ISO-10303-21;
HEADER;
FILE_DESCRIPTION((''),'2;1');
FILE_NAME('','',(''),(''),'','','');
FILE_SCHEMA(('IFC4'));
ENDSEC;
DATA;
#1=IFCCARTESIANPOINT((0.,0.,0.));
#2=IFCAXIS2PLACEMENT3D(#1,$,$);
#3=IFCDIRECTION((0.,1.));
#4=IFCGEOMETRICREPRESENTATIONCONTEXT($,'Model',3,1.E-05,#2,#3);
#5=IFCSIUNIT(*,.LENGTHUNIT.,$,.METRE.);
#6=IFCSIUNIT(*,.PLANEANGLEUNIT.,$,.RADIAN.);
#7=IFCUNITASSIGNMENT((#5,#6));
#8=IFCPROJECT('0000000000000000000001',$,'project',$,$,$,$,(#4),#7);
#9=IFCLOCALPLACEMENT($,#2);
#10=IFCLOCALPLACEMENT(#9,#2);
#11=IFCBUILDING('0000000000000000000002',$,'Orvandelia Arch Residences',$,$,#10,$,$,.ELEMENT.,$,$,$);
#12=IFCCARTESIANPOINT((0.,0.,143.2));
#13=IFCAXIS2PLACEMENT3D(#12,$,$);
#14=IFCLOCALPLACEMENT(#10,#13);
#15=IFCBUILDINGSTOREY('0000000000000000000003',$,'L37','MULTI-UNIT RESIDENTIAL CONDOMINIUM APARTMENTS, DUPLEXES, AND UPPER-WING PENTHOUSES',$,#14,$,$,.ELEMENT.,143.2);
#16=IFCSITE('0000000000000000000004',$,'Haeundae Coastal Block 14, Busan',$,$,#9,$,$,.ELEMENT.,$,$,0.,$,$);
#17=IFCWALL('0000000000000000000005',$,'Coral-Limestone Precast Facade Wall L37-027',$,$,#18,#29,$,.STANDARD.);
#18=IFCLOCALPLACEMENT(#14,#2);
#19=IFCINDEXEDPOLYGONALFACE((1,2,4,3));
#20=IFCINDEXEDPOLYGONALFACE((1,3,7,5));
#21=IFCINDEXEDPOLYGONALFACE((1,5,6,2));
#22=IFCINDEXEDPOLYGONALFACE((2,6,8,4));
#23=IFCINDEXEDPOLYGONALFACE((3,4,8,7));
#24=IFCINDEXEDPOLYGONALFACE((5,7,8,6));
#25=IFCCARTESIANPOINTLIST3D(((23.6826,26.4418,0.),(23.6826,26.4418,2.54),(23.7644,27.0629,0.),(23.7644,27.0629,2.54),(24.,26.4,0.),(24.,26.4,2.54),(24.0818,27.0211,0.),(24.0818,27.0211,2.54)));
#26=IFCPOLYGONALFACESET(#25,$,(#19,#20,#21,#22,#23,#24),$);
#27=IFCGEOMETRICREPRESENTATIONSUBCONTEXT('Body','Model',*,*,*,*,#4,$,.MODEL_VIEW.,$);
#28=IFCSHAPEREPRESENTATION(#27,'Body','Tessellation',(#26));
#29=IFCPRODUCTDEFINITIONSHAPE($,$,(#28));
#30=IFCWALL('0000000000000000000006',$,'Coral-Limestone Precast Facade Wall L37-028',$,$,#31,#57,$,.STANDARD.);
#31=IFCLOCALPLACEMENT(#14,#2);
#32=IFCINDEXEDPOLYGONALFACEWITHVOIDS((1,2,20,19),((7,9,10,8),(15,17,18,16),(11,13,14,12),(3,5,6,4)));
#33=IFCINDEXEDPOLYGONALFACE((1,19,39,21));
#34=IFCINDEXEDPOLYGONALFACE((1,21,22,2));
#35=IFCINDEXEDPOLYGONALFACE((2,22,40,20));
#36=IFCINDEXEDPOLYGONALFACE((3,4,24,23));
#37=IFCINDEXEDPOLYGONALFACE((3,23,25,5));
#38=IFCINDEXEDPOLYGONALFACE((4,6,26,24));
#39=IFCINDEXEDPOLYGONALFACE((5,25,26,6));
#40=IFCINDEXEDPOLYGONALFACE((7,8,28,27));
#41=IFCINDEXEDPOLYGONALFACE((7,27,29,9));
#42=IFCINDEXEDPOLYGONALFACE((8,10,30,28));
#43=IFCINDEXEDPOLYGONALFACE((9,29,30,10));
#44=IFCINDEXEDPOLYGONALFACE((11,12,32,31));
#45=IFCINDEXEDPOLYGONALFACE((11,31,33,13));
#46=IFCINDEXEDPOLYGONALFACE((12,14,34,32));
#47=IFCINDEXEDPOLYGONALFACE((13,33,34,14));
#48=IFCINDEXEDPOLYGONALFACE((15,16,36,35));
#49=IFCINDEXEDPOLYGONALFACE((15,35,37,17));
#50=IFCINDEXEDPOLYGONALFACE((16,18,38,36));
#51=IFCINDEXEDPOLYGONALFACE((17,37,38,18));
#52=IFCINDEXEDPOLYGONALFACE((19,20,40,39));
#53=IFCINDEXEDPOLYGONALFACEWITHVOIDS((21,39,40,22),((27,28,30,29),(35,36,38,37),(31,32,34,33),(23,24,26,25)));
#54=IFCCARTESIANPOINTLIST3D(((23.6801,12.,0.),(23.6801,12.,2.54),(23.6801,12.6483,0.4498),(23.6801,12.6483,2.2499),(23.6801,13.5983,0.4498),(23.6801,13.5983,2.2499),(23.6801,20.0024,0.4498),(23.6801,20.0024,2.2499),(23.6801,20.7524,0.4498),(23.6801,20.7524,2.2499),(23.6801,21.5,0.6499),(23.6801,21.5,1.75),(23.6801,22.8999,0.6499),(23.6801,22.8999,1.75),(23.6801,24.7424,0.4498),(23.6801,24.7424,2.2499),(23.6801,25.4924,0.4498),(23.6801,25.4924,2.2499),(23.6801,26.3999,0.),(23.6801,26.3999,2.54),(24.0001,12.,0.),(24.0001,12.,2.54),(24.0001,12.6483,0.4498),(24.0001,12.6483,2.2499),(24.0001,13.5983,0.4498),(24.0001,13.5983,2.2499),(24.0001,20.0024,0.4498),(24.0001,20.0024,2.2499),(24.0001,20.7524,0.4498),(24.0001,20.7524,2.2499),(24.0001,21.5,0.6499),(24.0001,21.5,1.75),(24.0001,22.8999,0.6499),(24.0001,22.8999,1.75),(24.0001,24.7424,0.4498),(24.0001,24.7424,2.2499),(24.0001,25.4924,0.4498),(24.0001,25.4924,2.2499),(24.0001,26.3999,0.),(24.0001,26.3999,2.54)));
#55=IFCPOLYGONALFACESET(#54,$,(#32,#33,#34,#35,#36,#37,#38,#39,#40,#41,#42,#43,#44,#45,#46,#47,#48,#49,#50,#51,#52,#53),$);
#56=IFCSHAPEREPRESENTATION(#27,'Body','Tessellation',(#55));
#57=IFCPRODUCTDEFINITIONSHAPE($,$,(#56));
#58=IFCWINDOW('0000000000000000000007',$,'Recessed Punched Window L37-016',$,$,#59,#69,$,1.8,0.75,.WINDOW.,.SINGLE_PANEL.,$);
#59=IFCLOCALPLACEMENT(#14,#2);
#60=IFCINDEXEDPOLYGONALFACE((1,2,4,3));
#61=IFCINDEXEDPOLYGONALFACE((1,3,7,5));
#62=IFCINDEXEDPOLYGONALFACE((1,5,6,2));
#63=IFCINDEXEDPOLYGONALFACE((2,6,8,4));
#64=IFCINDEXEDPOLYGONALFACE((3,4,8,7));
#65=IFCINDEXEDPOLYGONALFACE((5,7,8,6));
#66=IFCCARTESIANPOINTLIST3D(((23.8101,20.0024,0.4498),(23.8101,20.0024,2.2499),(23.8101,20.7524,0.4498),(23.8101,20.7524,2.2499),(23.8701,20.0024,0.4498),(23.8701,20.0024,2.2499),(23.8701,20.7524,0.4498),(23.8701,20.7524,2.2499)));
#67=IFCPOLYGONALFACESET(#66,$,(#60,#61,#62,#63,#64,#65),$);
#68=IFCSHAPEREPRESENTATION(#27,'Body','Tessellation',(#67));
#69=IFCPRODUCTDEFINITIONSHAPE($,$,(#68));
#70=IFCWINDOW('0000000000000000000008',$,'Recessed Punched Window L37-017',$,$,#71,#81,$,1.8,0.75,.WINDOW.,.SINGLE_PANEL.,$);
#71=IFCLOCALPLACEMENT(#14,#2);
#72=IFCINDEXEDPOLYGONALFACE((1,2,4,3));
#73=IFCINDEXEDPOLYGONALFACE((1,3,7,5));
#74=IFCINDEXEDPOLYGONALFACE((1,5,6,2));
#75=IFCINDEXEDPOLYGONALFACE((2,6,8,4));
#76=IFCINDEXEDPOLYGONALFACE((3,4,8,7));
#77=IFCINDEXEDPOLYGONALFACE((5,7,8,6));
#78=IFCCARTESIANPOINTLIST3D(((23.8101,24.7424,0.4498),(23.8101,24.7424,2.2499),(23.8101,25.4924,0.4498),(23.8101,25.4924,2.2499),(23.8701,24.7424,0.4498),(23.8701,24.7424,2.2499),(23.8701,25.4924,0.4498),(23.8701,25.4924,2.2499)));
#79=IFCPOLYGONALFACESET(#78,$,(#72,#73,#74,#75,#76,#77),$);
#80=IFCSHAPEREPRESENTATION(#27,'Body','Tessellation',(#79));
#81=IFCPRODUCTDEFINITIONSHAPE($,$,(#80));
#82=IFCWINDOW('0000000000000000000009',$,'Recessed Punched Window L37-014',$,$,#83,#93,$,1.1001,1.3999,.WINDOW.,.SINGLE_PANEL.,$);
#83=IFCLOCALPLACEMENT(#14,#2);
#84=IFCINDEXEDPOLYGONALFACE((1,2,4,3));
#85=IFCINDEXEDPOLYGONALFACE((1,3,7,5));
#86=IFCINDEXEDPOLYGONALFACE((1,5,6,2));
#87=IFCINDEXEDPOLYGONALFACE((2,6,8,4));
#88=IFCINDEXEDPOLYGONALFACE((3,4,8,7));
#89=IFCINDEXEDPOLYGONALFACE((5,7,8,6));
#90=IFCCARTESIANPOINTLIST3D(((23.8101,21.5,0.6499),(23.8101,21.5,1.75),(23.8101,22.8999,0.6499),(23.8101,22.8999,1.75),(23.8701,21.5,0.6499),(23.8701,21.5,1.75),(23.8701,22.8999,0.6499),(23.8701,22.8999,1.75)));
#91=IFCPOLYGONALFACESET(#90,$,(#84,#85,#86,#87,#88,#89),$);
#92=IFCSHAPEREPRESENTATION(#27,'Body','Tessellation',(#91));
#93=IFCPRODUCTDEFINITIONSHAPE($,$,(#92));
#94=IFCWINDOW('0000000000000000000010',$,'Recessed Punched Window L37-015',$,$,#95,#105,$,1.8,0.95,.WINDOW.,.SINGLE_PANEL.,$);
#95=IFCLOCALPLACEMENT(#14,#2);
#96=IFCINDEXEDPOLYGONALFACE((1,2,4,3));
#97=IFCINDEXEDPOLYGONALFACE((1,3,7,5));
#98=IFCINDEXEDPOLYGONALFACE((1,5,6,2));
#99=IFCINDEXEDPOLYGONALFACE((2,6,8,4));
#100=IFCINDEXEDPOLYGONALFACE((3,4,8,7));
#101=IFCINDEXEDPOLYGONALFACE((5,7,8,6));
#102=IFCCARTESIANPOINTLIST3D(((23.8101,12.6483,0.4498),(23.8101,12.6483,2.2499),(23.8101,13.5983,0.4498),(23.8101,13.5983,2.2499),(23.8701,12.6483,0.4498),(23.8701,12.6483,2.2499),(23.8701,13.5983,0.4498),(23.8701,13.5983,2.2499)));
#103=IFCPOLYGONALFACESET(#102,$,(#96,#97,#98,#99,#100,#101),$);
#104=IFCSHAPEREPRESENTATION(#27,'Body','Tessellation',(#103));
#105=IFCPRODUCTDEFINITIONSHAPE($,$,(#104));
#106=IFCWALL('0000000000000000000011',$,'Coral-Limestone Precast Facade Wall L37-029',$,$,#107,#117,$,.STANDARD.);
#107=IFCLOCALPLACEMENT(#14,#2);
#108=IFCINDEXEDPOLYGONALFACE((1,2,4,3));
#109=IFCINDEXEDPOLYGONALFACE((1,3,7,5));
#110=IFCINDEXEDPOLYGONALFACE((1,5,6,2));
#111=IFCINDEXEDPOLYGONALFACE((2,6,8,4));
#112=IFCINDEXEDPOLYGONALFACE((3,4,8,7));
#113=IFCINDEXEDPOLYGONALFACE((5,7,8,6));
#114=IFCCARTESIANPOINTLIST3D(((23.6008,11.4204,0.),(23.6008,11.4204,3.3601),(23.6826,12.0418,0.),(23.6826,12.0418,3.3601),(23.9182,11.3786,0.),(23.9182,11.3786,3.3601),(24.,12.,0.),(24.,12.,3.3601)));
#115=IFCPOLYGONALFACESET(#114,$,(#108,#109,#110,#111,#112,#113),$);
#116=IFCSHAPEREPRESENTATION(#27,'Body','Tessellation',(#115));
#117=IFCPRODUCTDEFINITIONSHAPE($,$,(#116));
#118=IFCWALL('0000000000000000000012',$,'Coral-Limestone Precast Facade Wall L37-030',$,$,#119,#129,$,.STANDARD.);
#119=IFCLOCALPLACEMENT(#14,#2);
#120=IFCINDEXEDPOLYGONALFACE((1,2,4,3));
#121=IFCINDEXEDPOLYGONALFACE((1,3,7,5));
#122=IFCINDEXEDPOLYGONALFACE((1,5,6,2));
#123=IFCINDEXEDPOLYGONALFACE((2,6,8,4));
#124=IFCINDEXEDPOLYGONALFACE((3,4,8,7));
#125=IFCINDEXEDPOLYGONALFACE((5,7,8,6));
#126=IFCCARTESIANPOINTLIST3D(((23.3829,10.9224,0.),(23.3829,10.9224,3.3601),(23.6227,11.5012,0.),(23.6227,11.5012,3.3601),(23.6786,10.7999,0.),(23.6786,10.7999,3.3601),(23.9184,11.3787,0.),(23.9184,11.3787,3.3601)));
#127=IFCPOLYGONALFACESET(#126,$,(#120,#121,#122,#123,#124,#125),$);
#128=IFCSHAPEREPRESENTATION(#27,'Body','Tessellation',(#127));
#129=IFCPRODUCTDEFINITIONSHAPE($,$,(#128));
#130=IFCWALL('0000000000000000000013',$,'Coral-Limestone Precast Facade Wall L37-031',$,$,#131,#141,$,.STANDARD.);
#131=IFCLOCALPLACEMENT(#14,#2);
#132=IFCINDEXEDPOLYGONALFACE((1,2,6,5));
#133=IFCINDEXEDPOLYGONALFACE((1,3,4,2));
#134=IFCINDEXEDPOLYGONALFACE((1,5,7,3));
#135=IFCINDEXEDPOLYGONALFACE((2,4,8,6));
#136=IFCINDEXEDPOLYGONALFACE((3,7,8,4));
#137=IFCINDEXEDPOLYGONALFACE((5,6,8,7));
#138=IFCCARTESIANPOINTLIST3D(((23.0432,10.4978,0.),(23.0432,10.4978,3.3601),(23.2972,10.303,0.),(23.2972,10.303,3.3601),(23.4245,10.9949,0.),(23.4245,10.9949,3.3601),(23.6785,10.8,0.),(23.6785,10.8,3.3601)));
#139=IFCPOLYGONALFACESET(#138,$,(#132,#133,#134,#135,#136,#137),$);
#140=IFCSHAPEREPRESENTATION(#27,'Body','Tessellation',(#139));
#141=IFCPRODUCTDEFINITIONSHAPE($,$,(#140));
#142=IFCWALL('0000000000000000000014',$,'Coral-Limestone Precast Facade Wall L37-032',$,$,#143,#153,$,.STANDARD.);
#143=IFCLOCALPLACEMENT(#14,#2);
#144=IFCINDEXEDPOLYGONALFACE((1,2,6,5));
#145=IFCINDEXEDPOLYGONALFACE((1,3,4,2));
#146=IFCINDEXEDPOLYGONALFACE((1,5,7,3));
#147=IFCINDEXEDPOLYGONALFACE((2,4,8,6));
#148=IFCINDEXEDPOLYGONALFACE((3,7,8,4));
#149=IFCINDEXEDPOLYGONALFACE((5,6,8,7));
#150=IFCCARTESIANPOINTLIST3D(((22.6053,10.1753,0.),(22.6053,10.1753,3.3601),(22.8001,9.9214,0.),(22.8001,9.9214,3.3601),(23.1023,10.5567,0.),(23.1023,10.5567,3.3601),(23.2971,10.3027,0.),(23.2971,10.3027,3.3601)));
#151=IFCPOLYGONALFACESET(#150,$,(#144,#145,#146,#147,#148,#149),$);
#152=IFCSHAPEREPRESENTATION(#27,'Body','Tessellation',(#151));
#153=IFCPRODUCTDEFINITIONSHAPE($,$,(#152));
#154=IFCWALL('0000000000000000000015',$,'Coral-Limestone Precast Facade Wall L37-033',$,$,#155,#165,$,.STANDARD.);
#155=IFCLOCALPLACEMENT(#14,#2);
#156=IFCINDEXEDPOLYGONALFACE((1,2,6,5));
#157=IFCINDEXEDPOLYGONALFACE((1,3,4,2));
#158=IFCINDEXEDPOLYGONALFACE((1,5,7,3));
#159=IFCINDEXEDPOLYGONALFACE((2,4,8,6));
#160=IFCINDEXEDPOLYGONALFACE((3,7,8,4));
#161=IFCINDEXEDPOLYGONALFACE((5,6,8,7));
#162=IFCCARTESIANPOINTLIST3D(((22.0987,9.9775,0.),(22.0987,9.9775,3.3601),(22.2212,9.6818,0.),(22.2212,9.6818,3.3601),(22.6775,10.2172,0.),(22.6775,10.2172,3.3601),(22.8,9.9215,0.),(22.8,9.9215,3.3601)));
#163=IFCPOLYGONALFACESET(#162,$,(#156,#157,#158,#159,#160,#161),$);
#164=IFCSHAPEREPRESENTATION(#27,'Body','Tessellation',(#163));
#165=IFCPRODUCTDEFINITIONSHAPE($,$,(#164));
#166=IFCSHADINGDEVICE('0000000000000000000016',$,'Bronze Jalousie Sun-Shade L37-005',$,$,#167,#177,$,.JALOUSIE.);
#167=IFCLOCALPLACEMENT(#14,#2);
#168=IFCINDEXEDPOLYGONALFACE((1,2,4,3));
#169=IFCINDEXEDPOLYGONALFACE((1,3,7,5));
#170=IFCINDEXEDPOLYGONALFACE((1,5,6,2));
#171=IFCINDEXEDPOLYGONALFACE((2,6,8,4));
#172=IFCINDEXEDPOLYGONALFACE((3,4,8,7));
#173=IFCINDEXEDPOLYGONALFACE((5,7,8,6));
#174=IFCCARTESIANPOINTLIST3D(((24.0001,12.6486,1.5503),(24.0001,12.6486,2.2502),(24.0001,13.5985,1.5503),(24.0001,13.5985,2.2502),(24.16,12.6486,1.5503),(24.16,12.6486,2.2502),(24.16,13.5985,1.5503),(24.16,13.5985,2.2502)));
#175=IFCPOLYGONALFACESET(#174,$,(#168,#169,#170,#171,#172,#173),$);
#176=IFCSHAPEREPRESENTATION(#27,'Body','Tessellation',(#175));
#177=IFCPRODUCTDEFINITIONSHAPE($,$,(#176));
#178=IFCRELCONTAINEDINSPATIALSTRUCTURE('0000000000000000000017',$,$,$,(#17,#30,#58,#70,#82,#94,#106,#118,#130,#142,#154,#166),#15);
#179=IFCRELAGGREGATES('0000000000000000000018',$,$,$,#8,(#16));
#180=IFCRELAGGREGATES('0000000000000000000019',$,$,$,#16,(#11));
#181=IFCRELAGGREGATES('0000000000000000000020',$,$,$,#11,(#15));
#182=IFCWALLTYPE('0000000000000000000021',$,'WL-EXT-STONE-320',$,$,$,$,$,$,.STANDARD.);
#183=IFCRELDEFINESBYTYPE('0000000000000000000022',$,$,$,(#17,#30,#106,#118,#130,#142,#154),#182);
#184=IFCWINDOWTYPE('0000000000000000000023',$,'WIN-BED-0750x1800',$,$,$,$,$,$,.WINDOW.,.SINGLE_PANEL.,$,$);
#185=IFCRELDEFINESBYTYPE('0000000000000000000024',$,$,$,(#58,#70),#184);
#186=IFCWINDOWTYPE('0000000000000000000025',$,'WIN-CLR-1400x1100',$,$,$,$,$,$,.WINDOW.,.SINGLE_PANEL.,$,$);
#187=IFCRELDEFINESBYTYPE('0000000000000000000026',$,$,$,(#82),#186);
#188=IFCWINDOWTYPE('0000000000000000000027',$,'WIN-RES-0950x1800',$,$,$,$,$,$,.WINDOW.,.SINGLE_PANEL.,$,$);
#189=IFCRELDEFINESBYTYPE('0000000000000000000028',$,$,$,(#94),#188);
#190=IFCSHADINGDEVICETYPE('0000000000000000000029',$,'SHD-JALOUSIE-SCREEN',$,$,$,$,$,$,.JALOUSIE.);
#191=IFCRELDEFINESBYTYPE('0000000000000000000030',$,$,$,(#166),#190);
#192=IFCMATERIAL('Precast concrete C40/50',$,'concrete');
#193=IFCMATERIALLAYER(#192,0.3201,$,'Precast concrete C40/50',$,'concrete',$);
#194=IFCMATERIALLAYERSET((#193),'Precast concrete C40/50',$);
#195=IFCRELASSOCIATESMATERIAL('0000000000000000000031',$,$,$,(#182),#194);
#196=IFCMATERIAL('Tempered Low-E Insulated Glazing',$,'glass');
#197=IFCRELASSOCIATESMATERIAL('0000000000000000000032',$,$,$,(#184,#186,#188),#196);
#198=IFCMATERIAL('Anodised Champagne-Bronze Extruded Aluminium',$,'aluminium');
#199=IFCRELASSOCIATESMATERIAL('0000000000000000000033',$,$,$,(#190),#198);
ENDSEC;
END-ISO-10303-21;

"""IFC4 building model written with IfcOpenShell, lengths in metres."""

from ifc_helpers import new_model, si_unit, direction, frame, frame_2d, origin, origin_2d, place, context, subcontext, project, spatial, rectangle, extrude, material, layer, layer_set, type_object, element, fill, save


model = new_model("IFC4")

# Units and contexts
model_context = context("Model", 3, precision=1e-05, world=origin(), true_north=direction((0.0, 1.0)))
body_context = subcontext(model_context, "Body", "Model", "MODEL_VIEW")
ifc_project = project(units=[si_unit("LENGTHUNIT", "METRE"), si_unit("PLANEANGLEUNIT", "RADIAN")], contexts=[model_context])

# Site, building, storey
site_placement = place(None, origin())
site = spatial("IfcSite", under=ifc_project, at=site_placement, Name="Haeundae Coastal Block 14, Busan", CompositionType="ELEMENT", RefElevation=0.0)
building_placement = place(site_placement, origin())
building = spatial("IfcBuilding", under=site, at=building_placement, Name="Orvandelia Arch Residences", CompositionType="ELEMENT")
storey_placement = place(building_placement, frame((0.0, 0.0, 143.2)))
storey = spatial("IfcBuildingStorey", under=building, at=storey_placement, Name="L37", Description="MULTI-UNIT RESIDENTIAL CONDOMINIUM APARTMENTS, DUPLEXES, AND UPPER-WING PENTHOUSES", CompositionType="ELEMENT", Elevation=143.2)

# Wall
ifc_material_1 = material(Name="Precast concrete C40/50", Category="concrete")
ifc_layer = layer(ifc_material_1, 0.3201, Name="Precast concrete C40/50", Category="concrete")
ifc_layer_set = layer_set([ifc_layer], Name="Precast concrete C40/50")
wall_type = type_object("IfcWallType", Name="WL-EXT-STONE-320", PredefinedType="STANDARD", material=ifc_layer_set)
wall_1_placement = place(storey_placement, frame((23.9231, 27.042, 0.0), z_axis=(0.0, 0.0, 1.0), x_axis=(-0.130555, -0.991441, 0.0)))
element("IfcWall", 1, at=wall_1_placement, inside=storey, type_object=wall_type, Name="Coral-Limestone Precast Facade Wall L37-027", PredefinedType="STANDARD", context=body_context, shape_type="SweptSolid", body=[
    extrude(rectangle(XDim=0.6265, YDim=0.3201, at=frame_2d((0.3132, 0.0))), origin(), (0.0, 0.0, 1.0), 2.54),
])

# Wall, openings, windows
wall_2_placement = place(storey_placement, frame((23.8401, 26.3999, 0.0), z_axis=(0.0, 0.0, 1.0), x_axis=(0.0, -1.0, 0.0)))
wall_2 = element("IfcWall", 2, at=wall_2_placement, inside=storey, type_object=wall_type, Name="Coral-Limestone Precast Facade Wall L37-028", PredefinedType="STANDARD", context=body_context, shape_type="SweptSolid", body=[
    extrude(rectangle(XDim=14.3999, YDim=0.3201, at=frame_2d((7.2, 0.0))), origin(), (0.0, 0.0, 1.0), 2.54),
])
opening_1_placement = place(wall_2_placement, frame((3.5, 0.0, 0.6499)))
opening_1 = element("IfcOpeningElement", 3, at=opening_1_placement, cuts=wall_2, PredefinedType="OPENING", context=body_context, shape_type="SweptSolid", body=[
    extrude(rectangle(XDim=1.3999, YDim=1.1001, at=frame_2d((0.7, 0.55))), frame((0.0, 0.1699, 0.0), z_axis=(0.0, -1.0, 0.0), x_axis=(1.0, 0.0, 0.0)), (0.0, 0.0, 1.0), 0.3401),
])
opening_2_placement = place(wall_2_placement, frame((12.8015, 0.0, 0.45)))
opening_2 = element("IfcOpeningElement", 4, at=opening_2_placement, cuts=wall_2, PredefinedType="OPENING", context=body_context, shape_type="SweptSolid", body=[
    extrude(rectangle(XDim=0.95, YDim=1.8, at=frame_2d((0.4751, 0.8999))), frame((0.0, 0.1699, 0.0), z_axis=(0.0, -1.0, 0.0), x_axis=(1.0, 0.0, 0.0)), (0.0, 0.0, 1.0), 0.3401),
])
opening_3_placement = place(wall_2_placement, frame((5.6475, 0.0, 0.45)))
opening_3 = element("IfcOpeningElement", 5, at=opening_3_placement, cuts=wall_2, PredefinedType="OPENING", context=body_context, shape_type="SweptSolid", body=[
    extrude(rectangle(XDim=0.75, YDim=1.8, at=frame_2d((0.375, 0.8999))), frame((0.0, 0.1699, 0.0), z_axis=(0.0, -1.0, 0.0), x_axis=(1.0, 0.0, 0.0)), (0.0, 0.0, 1.0), 0.3401),
])
opening_4_placement = place(wall_2_placement, frame((0.9075, 0.0, 0.45)))
opening_4 = element("IfcOpeningElement", 6, at=opening_4_placement, cuts=wall_2, PredefinedType="OPENING", context=body_context, shape_type="SweptSolid", body=[
    extrude(rectangle(XDim=0.75, YDim=1.8, at=frame_2d((0.375, 0.8999))), frame((0.0, 0.1699, 0.0), z_axis=(0.0, -1.0, 0.0), x_axis=(1.0, 0.0, 0.0)), (0.0, 0.0, 1.0), 0.3401),
])
ifc_material_2 = material(Name="Tempered Low-E Insulated Glazing", Category="glass")
window_type_1 = type_object("IfcWindowType", Name="WIN-BED-0750x1800", PartitioningType="SINGLE_PANEL", PredefinedType="WINDOW", material=ifc_material_2)
window_1_placement = place(opening_3_placement, origin())
window_1 = element("IfcWindow", 7, at=window_1_placement, inside=storey, type_object=window_type_1, Name="Recessed Punched Window L37-016", OverallHeight=1.8, OverallWidth=0.75, PartitioningType="SINGLE_PANEL", PredefinedType="WINDOW", context=body_context, shape_type="SweptSolid", body=[
    extrude(rectangle(XDim=0.75, YDim=1.8, at=frame_2d((0.375, 0.8999))), frame((0.0, 0.03, 0.0), z_axis=(0.0, -1.0, 0.0), x_axis=(1.0, 0.0, 0.0)), (0.0, 0.0, 1.0), 0.0601),
])
fill(opening_3, window_1)
window_2_placement = place(opening_4_placement, origin())
window_2 = element("IfcWindow", 8, at=window_2_placement, inside=storey, type_object=window_type_1, Name="Recessed Punched Window L37-017", OverallHeight=1.8, OverallWidth=0.75, PartitioningType="SINGLE_PANEL", PredefinedType="WINDOW", context=body_context, shape_type="SweptSolid", body=[
    extrude(rectangle(XDim=0.75, YDim=1.8, at=frame_2d((0.375, 0.8999))), frame((0.0, 0.03, 0.0), z_axis=(0.0, -1.0, 0.0), x_axis=(1.0, 0.0, 0.0)), (0.0, 0.0, 1.0), 0.0601),
])
fill(opening_4, window_2)
window_type_2 = type_object("IfcWindowType", Name="WIN-CLR-1400x1100", PartitioningType="SINGLE_PANEL", PredefinedType="WINDOW", material=ifc_material_2)
window_3_placement = place(opening_1_placement, origin())
window_3 = element("IfcWindow", 9, at=window_3_placement, inside=storey, type_object=window_type_2, Name="Recessed Punched Window L37-014", OverallHeight=1.1001, OverallWidth=1.3999, PartitioningType="SINGLE_PANEL", PredefinedType="WINDOW", context=body_context, shape_type="SweptSolid", body=[
    extrude(rectangle(XDim=1.3999, YDim=1.1001, at=frame_2d((0.7, 0.55))), frame((0.0, 0.03, 0.0), z_axis=(0.0, -1.0, 0.0), x_axis=(1.0, 0.0, 0.0)), (0.0, 0.0, 1.0), 0.0601),
])
fill(opening_1, window_3)
window_type_3 = type_object("IfcWindowType", Name="WIN-RES-0950x1800", PartitioningType="SINGLE_PANEL", PredefinedType="WINDOW", material=ifc_material_2)
window_4_placement = place(opening_2_placement, origin())
window_4 = element("IfcWindow", 10, at=window_4_placement, inside=storey, type_object=window_type_3, Name="Recessed Punched Window L37-015", OverallHeight=1.8, OverallWidth=0.95, PartitioningType="SINGLE_PANEL", PredefinedType="WINDOW", context=body_context, shape_type="SweptSolid", body=[
    extrude(rectangle(XDim=0.95, YDim=1.8, at=frame_2d((0.4751, 0.8999))), frame((0.0, 0.03, 0.0), z_axis=(0.0, -1.0, 0.0), x_axis=(1.0, 0.0, 0.0)), (0.0, 0.0, 1.0), 0.0601),
])
fill(opening_2, window_4)

# Walls
wall_3_placement = place(storey_placement, frame((23.8413, 12.021, 0.0), z_axis=(0.0, 0.0, 1.0), x_axis=(-0.130505, -0.991448, 0.0)))
element("IfcWall", 11, at=wall_3_placement, inside=storey, type_object=wall_type, Name="Coral-Limestone Precast Facade Wall L37-029", PredefinedType="STANDARD", context=body_context, shape_type="SweptSolid", body=[
    extrude(rectangle(XDim=0.6267, YDim=0.3201, at=frame_2d((0.3135, 0.0))), origin(), (0.0, 0.0, 1.0), 3.3601),
])
for number, where, z_axis, x_axis, name in (
    (12, (23.7705, 11.4399, 0.0), (0.0, 0.0, 1.0), (-0.38265, -0.923893, 0.0), "Coral-Limestone Precast Facade Wall L37-030"),
    (13, (23.5515, 10.8975, 0.0), (0.0, 0.0, 1.0), (-0.608693, -0.793406, 0.0), "Coral-Limestone Precast Facade Wall L37-031"),
    (14, (23.1997, 10.4297, 0.0), (0.0, 0.0, 1.0), (-0.793406, -0.608693, 0.0), "Coral-Limestone Precast Facade Wall L37-032"),
    (15, (22.7388, 10.0693, 0.0), (0.0, 0.0, 1.0), (-0.923893, -0.38265, 0.0), "Coral-Limestone Precast Facade Wall L37-033"),
):
    element("IfcWall", number, at=place(storey_placement, frame(where, z_axis=z_axis, x_axis=x_axis)), inside=storey, type_object=wall_type, Name=name, PredefinedType="STANDARD", context=body_context, shape_type="SweptSolid", body=[
        extrude(rectangle(XDim=0.6265, YDim=0.3201, at=frame_2d((0.3132, 0.0))), origin(), (0.0, 0.0, 1.0), 3.3601),
    ])

# Shading device
ifc_material_3 = material(Name="Anodised Champagne-Bronze Extruded Aluminium", Category="aluminium")
shading_device_type = type_object("IfcShadingDeviceType", Name="SHD-JALOUSIE-SCREEN", PredefinedType="JALOUSIE", material=ifc_material_3)
shading_device_placement = place(storey_placement, frame((24.0801, 13.1235, 1.5503), z_axis=(0.0, 0.0, 1.0), x_axis=(0.0, -1.0, 0.0)))
element("IfcShadingDevice", 16, at=shading_device_placement, inside=storey, type_object=shading_device_type, Name="Bronze Jalousie Sun-Shade L37-005", PredefinedType="JALOUSIE", context=body_context, shape_type="SweptSolid", body=[
    extrude(rectangle(XDim=0.95, YDim=0.1599, at=origin_2d()), origin(), (0.0, 0.0, 1.0), 0.7),
])

save(model, "model.ifc")
